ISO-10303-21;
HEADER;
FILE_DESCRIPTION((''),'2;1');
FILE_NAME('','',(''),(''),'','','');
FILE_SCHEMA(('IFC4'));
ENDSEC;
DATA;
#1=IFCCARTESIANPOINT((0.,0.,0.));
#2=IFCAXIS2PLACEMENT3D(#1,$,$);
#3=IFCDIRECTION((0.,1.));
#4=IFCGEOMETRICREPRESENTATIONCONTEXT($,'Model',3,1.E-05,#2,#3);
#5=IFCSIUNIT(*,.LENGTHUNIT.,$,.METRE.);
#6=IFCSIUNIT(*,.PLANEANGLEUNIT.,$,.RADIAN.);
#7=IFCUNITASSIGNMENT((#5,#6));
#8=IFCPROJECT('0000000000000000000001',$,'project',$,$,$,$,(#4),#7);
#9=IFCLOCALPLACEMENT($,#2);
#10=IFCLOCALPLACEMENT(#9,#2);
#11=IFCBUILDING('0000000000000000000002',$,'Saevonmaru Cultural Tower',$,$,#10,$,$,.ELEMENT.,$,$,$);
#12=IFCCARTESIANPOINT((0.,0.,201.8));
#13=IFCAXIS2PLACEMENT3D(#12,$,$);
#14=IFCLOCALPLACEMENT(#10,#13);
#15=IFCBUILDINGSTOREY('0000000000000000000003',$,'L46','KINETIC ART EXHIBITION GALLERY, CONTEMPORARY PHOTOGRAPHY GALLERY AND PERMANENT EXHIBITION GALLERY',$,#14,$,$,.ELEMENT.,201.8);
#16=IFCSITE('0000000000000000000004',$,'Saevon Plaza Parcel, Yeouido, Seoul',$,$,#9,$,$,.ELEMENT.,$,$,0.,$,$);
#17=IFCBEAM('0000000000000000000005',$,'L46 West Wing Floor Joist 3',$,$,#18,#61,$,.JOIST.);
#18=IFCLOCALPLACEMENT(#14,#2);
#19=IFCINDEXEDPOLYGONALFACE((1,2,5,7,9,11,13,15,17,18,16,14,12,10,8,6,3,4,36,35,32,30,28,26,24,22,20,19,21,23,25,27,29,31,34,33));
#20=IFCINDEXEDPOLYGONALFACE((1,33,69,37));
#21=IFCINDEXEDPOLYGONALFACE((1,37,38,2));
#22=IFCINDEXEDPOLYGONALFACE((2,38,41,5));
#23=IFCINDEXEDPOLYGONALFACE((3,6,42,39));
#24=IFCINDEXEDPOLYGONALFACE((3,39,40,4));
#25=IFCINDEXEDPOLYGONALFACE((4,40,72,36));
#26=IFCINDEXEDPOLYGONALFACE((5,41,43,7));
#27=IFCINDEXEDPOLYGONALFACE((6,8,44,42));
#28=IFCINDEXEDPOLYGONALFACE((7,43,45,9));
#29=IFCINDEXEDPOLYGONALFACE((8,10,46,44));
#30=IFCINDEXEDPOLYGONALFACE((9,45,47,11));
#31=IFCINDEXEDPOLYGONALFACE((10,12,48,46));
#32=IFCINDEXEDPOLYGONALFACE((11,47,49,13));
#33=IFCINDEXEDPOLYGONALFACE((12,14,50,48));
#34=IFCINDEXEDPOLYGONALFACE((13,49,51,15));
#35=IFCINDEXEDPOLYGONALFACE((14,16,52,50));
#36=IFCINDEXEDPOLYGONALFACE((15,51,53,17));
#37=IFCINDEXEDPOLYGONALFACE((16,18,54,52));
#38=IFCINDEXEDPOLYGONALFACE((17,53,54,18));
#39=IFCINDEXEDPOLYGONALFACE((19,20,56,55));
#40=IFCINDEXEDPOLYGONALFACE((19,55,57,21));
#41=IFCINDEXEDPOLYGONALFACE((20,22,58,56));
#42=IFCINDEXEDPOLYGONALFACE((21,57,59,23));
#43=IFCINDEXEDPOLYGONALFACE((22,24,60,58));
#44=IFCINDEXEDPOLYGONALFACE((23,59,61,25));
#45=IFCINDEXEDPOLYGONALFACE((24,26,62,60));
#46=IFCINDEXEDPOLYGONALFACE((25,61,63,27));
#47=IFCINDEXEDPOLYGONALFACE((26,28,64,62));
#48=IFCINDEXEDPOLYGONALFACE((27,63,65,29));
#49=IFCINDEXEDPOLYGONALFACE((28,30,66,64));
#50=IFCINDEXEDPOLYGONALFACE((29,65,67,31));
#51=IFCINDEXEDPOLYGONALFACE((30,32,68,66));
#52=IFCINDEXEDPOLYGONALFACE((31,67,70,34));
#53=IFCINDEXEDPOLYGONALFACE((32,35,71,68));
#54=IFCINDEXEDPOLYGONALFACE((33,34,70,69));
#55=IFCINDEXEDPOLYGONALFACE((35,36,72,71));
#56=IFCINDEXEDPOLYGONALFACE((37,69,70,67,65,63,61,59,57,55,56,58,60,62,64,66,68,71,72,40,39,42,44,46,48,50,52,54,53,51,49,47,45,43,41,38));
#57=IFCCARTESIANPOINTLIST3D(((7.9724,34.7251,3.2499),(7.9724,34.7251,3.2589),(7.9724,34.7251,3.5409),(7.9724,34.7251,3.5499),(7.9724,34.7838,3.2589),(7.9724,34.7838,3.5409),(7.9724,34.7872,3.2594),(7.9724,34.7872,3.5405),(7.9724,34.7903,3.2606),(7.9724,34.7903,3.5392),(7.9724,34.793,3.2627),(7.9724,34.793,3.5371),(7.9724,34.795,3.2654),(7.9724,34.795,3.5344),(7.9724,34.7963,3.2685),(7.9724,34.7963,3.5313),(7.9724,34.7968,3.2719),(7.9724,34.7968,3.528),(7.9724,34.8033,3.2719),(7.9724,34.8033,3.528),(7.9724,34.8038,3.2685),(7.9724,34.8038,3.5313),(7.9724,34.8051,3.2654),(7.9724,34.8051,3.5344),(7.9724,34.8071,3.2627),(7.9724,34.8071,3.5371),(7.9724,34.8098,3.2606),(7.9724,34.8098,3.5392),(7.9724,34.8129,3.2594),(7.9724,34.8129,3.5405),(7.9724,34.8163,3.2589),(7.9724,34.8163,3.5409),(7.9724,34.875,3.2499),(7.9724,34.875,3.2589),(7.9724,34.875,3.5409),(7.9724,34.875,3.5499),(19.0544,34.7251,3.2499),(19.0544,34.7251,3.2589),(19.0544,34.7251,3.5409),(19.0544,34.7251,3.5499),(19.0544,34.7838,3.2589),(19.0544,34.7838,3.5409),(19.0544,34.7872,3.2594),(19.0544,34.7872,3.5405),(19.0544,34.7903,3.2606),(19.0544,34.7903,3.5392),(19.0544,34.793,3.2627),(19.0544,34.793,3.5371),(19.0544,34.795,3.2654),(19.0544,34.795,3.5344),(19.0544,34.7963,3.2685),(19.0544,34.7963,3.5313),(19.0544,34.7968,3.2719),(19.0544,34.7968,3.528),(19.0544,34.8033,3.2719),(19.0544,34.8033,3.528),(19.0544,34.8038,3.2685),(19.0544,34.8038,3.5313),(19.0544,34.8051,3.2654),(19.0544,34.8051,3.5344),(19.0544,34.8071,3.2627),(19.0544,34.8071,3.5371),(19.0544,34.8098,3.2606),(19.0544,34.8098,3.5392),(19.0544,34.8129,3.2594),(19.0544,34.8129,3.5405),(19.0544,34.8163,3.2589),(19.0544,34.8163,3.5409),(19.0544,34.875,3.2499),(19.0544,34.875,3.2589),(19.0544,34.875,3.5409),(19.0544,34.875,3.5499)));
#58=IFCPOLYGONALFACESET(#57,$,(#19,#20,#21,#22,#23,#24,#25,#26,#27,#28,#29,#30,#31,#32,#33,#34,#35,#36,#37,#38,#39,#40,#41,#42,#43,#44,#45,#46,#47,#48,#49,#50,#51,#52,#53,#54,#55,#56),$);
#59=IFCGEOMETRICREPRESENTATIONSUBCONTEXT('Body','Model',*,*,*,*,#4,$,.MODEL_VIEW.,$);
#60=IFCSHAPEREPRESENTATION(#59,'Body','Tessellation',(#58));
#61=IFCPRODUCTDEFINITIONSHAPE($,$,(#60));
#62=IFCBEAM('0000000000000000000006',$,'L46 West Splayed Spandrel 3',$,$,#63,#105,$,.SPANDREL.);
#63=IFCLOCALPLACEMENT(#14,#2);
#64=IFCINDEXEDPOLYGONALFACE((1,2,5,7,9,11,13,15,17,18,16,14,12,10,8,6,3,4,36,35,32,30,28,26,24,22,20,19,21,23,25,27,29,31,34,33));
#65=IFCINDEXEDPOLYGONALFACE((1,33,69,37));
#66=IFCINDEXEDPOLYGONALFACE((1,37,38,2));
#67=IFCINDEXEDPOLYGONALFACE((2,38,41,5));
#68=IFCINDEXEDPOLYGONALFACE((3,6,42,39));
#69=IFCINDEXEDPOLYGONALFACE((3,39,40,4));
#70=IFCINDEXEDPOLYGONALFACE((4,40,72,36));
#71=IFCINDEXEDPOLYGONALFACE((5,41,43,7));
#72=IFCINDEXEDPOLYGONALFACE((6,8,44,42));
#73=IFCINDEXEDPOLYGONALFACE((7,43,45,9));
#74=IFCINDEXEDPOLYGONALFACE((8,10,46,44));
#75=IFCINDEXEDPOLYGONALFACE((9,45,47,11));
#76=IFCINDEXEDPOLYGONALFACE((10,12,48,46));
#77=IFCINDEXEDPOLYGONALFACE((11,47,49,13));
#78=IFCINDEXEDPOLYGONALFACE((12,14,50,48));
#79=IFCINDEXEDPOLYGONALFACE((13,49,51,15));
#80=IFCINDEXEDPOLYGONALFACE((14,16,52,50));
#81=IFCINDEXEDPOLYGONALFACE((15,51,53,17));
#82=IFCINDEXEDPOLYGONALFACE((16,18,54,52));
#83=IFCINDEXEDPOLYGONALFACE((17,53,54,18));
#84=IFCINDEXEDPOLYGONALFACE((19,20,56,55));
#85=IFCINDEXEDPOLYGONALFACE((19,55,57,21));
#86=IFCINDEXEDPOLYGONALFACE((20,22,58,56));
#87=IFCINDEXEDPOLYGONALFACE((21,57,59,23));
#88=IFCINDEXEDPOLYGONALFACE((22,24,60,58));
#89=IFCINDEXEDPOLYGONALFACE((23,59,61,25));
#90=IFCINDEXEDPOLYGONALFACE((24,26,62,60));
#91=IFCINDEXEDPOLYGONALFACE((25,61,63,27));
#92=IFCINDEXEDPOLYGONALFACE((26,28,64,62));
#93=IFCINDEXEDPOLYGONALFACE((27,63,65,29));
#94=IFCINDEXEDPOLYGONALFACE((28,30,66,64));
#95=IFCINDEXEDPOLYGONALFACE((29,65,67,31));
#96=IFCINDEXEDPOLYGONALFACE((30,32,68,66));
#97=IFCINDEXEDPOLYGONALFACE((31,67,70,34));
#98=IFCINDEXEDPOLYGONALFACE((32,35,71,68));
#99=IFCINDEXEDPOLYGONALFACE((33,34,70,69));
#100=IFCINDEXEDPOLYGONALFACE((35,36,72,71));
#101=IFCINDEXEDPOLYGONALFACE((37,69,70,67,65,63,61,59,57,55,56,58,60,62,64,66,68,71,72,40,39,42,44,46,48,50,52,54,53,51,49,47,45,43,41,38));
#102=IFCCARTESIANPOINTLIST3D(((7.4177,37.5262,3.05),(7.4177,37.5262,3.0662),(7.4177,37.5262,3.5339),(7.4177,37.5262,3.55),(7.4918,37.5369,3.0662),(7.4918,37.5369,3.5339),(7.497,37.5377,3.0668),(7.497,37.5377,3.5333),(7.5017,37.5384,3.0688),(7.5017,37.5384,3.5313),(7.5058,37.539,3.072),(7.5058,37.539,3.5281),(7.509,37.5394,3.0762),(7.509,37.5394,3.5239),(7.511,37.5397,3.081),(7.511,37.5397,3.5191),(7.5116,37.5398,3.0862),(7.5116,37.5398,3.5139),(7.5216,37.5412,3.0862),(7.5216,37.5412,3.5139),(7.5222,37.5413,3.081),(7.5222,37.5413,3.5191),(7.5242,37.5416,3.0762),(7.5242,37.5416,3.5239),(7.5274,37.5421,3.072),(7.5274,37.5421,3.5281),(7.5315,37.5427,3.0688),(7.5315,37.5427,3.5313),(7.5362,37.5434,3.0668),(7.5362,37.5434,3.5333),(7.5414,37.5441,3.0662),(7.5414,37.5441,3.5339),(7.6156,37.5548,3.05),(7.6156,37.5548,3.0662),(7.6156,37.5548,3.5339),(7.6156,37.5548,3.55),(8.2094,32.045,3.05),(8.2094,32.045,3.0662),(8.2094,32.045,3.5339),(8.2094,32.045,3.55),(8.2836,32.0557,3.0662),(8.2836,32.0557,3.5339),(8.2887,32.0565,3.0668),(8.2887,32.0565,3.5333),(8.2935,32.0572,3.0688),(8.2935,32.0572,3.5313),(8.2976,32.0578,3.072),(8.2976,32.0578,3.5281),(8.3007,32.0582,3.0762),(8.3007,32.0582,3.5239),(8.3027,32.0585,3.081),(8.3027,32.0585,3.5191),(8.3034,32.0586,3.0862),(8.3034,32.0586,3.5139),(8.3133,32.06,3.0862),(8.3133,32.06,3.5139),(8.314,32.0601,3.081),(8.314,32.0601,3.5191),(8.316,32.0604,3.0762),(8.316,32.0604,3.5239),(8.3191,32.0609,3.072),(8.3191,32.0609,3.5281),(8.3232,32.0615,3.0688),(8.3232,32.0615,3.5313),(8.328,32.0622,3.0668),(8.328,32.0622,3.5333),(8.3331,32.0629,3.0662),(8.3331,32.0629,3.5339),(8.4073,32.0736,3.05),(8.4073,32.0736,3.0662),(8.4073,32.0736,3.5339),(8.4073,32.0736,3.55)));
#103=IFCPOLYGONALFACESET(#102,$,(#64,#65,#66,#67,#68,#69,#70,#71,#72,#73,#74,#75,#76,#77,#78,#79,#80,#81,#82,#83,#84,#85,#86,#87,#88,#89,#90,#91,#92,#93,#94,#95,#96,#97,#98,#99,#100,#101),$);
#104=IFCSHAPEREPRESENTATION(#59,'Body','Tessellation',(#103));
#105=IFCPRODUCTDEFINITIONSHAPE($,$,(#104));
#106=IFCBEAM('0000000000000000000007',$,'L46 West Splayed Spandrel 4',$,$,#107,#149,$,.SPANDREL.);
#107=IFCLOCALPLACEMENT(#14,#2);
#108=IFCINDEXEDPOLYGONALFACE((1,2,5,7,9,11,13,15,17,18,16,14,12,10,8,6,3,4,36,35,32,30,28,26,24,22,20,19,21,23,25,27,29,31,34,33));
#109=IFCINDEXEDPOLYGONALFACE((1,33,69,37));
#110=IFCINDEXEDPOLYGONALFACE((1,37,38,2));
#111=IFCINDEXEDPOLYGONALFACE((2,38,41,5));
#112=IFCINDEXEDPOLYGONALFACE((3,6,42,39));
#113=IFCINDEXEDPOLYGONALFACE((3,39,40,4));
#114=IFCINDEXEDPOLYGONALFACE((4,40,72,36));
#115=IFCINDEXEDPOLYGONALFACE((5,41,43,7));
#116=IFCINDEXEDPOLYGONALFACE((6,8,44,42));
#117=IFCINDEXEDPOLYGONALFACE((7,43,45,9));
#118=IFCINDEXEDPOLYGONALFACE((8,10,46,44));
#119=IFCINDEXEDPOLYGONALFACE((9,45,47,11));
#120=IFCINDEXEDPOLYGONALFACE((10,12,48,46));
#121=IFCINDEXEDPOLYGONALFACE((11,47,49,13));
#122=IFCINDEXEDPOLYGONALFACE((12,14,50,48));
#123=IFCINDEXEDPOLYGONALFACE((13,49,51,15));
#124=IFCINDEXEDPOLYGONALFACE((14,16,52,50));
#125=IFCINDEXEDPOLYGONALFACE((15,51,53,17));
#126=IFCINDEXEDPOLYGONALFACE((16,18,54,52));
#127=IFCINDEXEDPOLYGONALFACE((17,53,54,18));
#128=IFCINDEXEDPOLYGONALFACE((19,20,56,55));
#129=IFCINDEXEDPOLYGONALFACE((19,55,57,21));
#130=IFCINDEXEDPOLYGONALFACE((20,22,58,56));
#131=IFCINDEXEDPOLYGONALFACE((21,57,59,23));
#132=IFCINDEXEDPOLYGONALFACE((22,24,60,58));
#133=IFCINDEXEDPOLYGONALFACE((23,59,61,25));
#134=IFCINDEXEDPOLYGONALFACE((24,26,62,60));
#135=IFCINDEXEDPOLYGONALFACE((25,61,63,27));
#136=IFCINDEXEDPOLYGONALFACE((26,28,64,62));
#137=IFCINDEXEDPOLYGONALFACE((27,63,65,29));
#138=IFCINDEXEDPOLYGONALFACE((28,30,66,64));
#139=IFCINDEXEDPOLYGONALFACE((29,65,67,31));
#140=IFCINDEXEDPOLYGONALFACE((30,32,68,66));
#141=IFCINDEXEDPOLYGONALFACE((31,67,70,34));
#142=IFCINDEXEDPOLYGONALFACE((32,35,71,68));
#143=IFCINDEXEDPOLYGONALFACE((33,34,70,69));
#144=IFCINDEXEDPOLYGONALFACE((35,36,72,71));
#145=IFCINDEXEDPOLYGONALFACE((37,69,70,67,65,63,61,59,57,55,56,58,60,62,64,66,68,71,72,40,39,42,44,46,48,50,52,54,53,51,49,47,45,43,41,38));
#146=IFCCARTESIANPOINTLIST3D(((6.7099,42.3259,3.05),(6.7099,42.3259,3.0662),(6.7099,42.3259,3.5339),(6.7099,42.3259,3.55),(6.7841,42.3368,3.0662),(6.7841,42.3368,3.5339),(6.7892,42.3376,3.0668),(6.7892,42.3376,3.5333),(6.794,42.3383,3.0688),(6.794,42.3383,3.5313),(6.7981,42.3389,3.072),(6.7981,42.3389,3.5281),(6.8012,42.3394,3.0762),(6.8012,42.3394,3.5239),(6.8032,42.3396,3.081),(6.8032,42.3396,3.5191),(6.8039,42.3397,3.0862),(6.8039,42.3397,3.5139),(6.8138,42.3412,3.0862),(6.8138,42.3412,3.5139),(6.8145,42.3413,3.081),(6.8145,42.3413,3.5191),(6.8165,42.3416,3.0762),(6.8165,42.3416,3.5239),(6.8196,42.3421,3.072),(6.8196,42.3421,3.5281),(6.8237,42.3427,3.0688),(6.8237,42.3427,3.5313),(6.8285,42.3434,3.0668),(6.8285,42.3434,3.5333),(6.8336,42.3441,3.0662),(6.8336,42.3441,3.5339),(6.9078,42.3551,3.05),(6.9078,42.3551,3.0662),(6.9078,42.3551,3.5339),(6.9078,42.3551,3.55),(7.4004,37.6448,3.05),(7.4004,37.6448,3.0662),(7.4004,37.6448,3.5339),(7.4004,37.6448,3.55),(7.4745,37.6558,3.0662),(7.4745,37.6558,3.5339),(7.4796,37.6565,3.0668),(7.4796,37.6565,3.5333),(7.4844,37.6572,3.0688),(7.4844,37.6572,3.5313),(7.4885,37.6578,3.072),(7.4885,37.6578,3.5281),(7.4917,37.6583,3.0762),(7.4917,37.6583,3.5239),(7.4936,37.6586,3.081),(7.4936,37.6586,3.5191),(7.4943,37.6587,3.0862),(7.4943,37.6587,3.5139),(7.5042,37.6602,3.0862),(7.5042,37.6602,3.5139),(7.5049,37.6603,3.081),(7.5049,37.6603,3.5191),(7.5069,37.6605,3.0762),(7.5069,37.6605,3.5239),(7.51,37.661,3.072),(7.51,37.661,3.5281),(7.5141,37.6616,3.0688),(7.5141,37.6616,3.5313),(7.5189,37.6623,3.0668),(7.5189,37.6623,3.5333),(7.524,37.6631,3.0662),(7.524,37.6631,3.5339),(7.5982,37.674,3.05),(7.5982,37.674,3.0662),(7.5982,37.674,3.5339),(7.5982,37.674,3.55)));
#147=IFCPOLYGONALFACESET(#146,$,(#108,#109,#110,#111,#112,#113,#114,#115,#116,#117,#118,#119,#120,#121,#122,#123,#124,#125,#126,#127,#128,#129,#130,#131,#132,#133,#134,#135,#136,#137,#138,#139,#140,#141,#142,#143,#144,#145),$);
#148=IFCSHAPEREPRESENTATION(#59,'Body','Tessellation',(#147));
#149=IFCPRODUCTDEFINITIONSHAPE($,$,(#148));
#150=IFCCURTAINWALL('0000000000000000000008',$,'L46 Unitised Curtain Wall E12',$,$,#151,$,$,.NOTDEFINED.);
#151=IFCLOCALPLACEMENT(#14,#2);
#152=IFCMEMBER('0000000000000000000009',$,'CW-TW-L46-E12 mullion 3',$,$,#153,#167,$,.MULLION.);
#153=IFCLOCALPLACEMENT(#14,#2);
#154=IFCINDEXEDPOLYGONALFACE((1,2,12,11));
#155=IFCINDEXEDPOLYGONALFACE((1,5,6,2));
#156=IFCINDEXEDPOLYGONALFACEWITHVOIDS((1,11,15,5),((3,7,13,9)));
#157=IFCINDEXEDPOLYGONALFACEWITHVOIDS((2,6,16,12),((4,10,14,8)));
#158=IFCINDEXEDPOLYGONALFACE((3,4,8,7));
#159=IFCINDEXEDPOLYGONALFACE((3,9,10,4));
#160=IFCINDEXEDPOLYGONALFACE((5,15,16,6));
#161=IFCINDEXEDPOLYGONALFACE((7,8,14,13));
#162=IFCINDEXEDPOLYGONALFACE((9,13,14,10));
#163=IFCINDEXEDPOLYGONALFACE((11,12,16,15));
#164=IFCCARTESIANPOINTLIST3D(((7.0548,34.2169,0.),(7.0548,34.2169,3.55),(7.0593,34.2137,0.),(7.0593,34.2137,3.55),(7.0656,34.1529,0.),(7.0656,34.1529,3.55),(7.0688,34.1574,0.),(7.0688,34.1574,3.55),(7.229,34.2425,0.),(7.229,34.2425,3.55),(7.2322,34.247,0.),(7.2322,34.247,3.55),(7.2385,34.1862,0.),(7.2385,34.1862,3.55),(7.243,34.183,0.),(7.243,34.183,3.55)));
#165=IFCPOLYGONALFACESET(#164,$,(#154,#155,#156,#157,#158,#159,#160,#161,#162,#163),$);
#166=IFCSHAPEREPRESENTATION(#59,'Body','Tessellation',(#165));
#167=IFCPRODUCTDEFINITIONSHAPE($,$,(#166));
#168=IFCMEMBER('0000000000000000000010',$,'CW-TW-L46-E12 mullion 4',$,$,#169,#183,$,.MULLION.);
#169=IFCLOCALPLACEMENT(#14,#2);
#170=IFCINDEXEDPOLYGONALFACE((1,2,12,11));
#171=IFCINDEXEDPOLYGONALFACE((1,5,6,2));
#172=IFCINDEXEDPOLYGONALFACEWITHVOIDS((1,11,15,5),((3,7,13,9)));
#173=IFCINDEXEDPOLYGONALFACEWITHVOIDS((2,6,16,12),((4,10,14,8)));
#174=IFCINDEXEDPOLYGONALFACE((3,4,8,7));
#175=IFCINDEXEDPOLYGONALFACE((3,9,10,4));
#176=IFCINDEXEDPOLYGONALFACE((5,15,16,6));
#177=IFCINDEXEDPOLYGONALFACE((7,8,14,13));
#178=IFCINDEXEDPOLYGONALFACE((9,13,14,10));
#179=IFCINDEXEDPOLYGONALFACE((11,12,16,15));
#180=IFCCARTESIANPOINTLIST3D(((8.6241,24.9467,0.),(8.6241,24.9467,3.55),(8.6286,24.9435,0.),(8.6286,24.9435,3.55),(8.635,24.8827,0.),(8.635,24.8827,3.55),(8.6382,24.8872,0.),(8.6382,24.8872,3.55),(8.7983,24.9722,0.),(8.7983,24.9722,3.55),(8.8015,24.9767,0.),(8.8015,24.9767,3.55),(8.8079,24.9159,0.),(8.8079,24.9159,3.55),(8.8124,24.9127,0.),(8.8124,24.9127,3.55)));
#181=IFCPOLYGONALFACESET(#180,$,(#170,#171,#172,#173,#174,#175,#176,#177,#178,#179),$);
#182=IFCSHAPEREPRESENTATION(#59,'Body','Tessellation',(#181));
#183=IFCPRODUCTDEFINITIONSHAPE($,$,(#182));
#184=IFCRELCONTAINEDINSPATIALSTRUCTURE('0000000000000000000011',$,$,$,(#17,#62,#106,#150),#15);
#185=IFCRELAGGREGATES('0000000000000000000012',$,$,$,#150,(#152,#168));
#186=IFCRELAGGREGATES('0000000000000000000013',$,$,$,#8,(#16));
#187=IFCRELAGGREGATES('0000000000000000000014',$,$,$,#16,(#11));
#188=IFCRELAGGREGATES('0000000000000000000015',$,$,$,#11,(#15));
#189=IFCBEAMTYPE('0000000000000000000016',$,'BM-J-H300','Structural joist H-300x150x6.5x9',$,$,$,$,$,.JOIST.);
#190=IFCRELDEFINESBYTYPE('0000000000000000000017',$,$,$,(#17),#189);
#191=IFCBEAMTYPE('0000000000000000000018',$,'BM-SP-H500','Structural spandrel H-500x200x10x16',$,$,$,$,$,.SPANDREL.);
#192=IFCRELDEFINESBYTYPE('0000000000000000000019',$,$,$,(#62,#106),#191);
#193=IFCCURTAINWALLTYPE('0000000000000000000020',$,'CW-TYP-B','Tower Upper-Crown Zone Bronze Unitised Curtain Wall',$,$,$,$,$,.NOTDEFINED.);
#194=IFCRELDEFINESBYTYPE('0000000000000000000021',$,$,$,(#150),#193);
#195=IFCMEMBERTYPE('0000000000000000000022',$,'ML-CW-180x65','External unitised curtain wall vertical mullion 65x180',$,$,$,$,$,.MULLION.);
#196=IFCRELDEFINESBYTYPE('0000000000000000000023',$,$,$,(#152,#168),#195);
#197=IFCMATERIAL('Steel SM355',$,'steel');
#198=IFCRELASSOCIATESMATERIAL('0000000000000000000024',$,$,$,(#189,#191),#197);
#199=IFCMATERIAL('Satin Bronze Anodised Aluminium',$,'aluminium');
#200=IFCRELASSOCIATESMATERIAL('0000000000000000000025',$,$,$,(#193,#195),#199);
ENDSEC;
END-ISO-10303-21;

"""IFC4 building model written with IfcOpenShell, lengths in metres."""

from ifc_helpers import new_model, si_unit, direction, frame, origin, origin_2d, place, context, subcontext, project, spatial, hollow_rectangle, i_section, extrude, material, material_profile, profile_set, type_object, element, aggregate, save


model = new_model("IFC4")

# Units and contexts
model_context = context("Model", 3, precision=1e-05, world=origin(), true_north=direction((0.0, 1.0)))
body_context = subcontext(model_context, "Body", "Model", "MODEL_VIEW")
ifc_project = project(units=[si_unit("LENGTHUNIT", "METRE"), si_unit("PLANEANGLEUNIT", "RADIAN")], contexts=[model_context])

# Site, building, storey
site_placement = place(None, origin())
site = spatial("IfcSite", under=ifc_project, at=site_placement, Name="Saevon Plaza Parcel, Yeouido, Seoul", CompositionType="ELEMENT", RefElevation=0.0)
building_placement = place(site_placement, origin())
building = spatial("IfcBuilding", under=site, at=building_placement, Name="Saevonmaru Cultural Tower", CompositionType="ELEMENT")
storey_placement = place(building_placement, frame((0.0, 0.0, 201.8)))
storey = spatial("IfcBuildingStorey", under=building, at=storey_placement, Name="L46", Description="KINETIC ART EXHIBITION GALLERY, CONTEMPORARY PHOTOGRAPHY GALLERY AND PERMANENT EXHIBITION GALLERY", CompositionType="ELEMENT", Elevation=201.8)

# Beams
ifc_material_1 = material(Name="Steel SM355", Category="steel")
ifc_material_profile_1 = material_profile(ifc_material_1, i_section(OverallWidth=0.1499, OverallDepth=0.3, WebThickness=0.0066, FlangeThickness=0.009, FilletRadius=0.0129, at=origin_2d()), Name="H-300x150x6.5x9")
ifc_profile_set_1 = profile_set([ifc_material_profile_1], Name="Steel SM355")
beam_type_1 = type_object("IfcBeamType", Name="BM-J-H300", Description="Structural joist H-300x150x6.5x9", PredefinedType="JOIST", material=ifc_profile_set_1)
for number, where, z_axis, x_axis, name in (
    (1, (7.9724, 34.8, 3.3999), (1.0, 0.0, 0.0), (0.0, 1.0, 0.0), "L46 West Wing Floor Joist 3"),
):
    element("IfcBeam", number, at=place(storey_placement, frame(where, z_axis=z_axis, x_axis=x_axis)), inside=storey, type_object=beam_type_1, Name=name, PredefinedType="JOIST", context=body_context, shape_type="SweptSolid", body=[
        extrude(i_section(OverallWidth=0.1499, OverallDepth=0.3, WebThickness=0.0066, FlangeThickness=0.009, FilletRadius=0.0129, at=origin_2d()), origin(), (0.0, 0.0, 1.0), 11.082),
    ])
ifc_material_profile_2 = material_profile(ifc_material_1, i_section(OverallWidth=0.2, OverallDepth=0.5, WebThickness=0.01, FlangeThickness=0.0161, FilletRadius=0.02, at=origin_2d()), Name="H-500x200x10x16")
ifc_profile_set_2 = profile_set([ifc_material_profile_2], Name="Steel SM355")
beam_type_2 = type_object("IfcBeamType", Name="BM-SP-H500", Description="Structural spandrel H-500x200x10x16", PredefinedType="SPANDREL", material=ifc_profile_set_2)
beam_1_placement = place(storey_placement, frame((8.3083, 32.0593, 3.3), z_axis=(-0.142964, 0.989728, 0.0), x_axis=(-0.989728, -0.142964, 0.0)))
element("IfcBeam", 2, at=beam_1_placement, inside=storey, type_object=beam_type_2, Name="L46 West Splayed Spandrel 3", PredefinedType="SPANDREL", context=body_context, shape_type="SweptSolid", body=[
    extrude(i_section(OverallWidth=0.2, OverallDepth=0.5, WebThickness=0.01, FlangeThickness=0.0161, FilletRadius=0.02, at=origin_2d()), origin(), (0.0, 0.0, 1.0), 5.5381),
])
beam_2_placement = place(storey_placement, frame((7.4993, 37.6594, 3.3), z_axis=(-0.145913, 0.989297, 0.0), x_axis=(-0.989297, -0.145913, 0.0)))
element("IfcBeam", 3, at=beam_2_placement, inside=storey, type_object=beam_type_2, Name="L46 West Splayed Spandrel 4", PredefinedType="SPANDREL", context=body_context, shape_type="SweptSolid", body=[
    extrude(i_section(OverallWidth=0.2, OverallDepth=0.5, WebThickness=0.01, FlangeThickness=0.0161, FilletRadius=0.02, at=origin_2d()), origin(), (0.0, 0.0, 1.0), 4.7317),
])

# Curtain wall, members
ifc_material_2 = material(Name="Satin Bronze Anodised Aluminium", Category="aluminium")
curtain_wall_type = type_object("IfcCurtainWallType", Name="CW-TYP-B", Description="Tower Upper-Crown Zone Bronze Unitised Curtain Wall", PredefinedType="NOTDEFINED", material=ifc_material_2)
curtain_wall_placement = place(storey_placement, origin())
curtain_wall = element("IfcCurtainWall", 4, at=curtain_wall_placement, inside=storey, type_object=curtain_wall_type, Name="L46 Unitised Curtain Wall E12", PredefinedType="NOTDEFINED")
ifc_material_profile_3 = material_profile(ifc_material_2, hollow_rectangle(XDim=0.0649, YDim=0.1799, WallThickness=0.0039, at=origin_2d()), Name="ALU-MULL-180x65x4")
ifc_profile_set_3 = profile_set([ifc_material_profile_3], Name="Satin Bronze Anodised Aluminium")
member_type_1 = type_object("IfcMemberType", Name="ML-CW-180x65", Description="External unitised curtain wall vertical mullion 65x180", PredefinedType="MULLION", material=ifc_profile_set_3)
member_1_placement = place(storey_placement, frame((7.1489, 34.2, 0.0), z_axis=(0.0, 0.0, 1.0), x_axis=(0.166922, -0.98597, 0.0)))
member_1 = element("IfcMember", 5, at=member_1_placement, type_object=member_type_1, Name="CW-TW-L46-E12 mullion 3", PredefinedType="MULLION", context=body_context, shape_type="SweptSolid", body=[
    extrude(hollow_rectangle(XDim=0.0649, YDim=0.1799, WallThickness=0.0039, at=origin_2d()), origin(), (0.0, 0.0, 1.0), 3.55),
])
member_2_placement = place(storey_placement, frame((8.7183, 24.9297, 0.0), z_axis=(0.0, 0.0, 1.0), x_axis=(0.166922, -0.98597, 0.0)))
member_2 = element("IfcMember", 6, at=member_2_placement, type_object=member_type_1, Name="CW-TW-L46-E12 mullion 4", PredefinedType="MULLION", context=body_context, shape_type="SweptSolid", body=[
    extrude(hollow_rectangle(XDim=0.0649, YDim=0.1799, WallThickness=0.0039, at=origin_2d()), origin(), (0.0, 0.0, 1.0), 3.55),
])
aggregate(curtain_wall, [member_1, member_2])

save(model, "model.ifc")
